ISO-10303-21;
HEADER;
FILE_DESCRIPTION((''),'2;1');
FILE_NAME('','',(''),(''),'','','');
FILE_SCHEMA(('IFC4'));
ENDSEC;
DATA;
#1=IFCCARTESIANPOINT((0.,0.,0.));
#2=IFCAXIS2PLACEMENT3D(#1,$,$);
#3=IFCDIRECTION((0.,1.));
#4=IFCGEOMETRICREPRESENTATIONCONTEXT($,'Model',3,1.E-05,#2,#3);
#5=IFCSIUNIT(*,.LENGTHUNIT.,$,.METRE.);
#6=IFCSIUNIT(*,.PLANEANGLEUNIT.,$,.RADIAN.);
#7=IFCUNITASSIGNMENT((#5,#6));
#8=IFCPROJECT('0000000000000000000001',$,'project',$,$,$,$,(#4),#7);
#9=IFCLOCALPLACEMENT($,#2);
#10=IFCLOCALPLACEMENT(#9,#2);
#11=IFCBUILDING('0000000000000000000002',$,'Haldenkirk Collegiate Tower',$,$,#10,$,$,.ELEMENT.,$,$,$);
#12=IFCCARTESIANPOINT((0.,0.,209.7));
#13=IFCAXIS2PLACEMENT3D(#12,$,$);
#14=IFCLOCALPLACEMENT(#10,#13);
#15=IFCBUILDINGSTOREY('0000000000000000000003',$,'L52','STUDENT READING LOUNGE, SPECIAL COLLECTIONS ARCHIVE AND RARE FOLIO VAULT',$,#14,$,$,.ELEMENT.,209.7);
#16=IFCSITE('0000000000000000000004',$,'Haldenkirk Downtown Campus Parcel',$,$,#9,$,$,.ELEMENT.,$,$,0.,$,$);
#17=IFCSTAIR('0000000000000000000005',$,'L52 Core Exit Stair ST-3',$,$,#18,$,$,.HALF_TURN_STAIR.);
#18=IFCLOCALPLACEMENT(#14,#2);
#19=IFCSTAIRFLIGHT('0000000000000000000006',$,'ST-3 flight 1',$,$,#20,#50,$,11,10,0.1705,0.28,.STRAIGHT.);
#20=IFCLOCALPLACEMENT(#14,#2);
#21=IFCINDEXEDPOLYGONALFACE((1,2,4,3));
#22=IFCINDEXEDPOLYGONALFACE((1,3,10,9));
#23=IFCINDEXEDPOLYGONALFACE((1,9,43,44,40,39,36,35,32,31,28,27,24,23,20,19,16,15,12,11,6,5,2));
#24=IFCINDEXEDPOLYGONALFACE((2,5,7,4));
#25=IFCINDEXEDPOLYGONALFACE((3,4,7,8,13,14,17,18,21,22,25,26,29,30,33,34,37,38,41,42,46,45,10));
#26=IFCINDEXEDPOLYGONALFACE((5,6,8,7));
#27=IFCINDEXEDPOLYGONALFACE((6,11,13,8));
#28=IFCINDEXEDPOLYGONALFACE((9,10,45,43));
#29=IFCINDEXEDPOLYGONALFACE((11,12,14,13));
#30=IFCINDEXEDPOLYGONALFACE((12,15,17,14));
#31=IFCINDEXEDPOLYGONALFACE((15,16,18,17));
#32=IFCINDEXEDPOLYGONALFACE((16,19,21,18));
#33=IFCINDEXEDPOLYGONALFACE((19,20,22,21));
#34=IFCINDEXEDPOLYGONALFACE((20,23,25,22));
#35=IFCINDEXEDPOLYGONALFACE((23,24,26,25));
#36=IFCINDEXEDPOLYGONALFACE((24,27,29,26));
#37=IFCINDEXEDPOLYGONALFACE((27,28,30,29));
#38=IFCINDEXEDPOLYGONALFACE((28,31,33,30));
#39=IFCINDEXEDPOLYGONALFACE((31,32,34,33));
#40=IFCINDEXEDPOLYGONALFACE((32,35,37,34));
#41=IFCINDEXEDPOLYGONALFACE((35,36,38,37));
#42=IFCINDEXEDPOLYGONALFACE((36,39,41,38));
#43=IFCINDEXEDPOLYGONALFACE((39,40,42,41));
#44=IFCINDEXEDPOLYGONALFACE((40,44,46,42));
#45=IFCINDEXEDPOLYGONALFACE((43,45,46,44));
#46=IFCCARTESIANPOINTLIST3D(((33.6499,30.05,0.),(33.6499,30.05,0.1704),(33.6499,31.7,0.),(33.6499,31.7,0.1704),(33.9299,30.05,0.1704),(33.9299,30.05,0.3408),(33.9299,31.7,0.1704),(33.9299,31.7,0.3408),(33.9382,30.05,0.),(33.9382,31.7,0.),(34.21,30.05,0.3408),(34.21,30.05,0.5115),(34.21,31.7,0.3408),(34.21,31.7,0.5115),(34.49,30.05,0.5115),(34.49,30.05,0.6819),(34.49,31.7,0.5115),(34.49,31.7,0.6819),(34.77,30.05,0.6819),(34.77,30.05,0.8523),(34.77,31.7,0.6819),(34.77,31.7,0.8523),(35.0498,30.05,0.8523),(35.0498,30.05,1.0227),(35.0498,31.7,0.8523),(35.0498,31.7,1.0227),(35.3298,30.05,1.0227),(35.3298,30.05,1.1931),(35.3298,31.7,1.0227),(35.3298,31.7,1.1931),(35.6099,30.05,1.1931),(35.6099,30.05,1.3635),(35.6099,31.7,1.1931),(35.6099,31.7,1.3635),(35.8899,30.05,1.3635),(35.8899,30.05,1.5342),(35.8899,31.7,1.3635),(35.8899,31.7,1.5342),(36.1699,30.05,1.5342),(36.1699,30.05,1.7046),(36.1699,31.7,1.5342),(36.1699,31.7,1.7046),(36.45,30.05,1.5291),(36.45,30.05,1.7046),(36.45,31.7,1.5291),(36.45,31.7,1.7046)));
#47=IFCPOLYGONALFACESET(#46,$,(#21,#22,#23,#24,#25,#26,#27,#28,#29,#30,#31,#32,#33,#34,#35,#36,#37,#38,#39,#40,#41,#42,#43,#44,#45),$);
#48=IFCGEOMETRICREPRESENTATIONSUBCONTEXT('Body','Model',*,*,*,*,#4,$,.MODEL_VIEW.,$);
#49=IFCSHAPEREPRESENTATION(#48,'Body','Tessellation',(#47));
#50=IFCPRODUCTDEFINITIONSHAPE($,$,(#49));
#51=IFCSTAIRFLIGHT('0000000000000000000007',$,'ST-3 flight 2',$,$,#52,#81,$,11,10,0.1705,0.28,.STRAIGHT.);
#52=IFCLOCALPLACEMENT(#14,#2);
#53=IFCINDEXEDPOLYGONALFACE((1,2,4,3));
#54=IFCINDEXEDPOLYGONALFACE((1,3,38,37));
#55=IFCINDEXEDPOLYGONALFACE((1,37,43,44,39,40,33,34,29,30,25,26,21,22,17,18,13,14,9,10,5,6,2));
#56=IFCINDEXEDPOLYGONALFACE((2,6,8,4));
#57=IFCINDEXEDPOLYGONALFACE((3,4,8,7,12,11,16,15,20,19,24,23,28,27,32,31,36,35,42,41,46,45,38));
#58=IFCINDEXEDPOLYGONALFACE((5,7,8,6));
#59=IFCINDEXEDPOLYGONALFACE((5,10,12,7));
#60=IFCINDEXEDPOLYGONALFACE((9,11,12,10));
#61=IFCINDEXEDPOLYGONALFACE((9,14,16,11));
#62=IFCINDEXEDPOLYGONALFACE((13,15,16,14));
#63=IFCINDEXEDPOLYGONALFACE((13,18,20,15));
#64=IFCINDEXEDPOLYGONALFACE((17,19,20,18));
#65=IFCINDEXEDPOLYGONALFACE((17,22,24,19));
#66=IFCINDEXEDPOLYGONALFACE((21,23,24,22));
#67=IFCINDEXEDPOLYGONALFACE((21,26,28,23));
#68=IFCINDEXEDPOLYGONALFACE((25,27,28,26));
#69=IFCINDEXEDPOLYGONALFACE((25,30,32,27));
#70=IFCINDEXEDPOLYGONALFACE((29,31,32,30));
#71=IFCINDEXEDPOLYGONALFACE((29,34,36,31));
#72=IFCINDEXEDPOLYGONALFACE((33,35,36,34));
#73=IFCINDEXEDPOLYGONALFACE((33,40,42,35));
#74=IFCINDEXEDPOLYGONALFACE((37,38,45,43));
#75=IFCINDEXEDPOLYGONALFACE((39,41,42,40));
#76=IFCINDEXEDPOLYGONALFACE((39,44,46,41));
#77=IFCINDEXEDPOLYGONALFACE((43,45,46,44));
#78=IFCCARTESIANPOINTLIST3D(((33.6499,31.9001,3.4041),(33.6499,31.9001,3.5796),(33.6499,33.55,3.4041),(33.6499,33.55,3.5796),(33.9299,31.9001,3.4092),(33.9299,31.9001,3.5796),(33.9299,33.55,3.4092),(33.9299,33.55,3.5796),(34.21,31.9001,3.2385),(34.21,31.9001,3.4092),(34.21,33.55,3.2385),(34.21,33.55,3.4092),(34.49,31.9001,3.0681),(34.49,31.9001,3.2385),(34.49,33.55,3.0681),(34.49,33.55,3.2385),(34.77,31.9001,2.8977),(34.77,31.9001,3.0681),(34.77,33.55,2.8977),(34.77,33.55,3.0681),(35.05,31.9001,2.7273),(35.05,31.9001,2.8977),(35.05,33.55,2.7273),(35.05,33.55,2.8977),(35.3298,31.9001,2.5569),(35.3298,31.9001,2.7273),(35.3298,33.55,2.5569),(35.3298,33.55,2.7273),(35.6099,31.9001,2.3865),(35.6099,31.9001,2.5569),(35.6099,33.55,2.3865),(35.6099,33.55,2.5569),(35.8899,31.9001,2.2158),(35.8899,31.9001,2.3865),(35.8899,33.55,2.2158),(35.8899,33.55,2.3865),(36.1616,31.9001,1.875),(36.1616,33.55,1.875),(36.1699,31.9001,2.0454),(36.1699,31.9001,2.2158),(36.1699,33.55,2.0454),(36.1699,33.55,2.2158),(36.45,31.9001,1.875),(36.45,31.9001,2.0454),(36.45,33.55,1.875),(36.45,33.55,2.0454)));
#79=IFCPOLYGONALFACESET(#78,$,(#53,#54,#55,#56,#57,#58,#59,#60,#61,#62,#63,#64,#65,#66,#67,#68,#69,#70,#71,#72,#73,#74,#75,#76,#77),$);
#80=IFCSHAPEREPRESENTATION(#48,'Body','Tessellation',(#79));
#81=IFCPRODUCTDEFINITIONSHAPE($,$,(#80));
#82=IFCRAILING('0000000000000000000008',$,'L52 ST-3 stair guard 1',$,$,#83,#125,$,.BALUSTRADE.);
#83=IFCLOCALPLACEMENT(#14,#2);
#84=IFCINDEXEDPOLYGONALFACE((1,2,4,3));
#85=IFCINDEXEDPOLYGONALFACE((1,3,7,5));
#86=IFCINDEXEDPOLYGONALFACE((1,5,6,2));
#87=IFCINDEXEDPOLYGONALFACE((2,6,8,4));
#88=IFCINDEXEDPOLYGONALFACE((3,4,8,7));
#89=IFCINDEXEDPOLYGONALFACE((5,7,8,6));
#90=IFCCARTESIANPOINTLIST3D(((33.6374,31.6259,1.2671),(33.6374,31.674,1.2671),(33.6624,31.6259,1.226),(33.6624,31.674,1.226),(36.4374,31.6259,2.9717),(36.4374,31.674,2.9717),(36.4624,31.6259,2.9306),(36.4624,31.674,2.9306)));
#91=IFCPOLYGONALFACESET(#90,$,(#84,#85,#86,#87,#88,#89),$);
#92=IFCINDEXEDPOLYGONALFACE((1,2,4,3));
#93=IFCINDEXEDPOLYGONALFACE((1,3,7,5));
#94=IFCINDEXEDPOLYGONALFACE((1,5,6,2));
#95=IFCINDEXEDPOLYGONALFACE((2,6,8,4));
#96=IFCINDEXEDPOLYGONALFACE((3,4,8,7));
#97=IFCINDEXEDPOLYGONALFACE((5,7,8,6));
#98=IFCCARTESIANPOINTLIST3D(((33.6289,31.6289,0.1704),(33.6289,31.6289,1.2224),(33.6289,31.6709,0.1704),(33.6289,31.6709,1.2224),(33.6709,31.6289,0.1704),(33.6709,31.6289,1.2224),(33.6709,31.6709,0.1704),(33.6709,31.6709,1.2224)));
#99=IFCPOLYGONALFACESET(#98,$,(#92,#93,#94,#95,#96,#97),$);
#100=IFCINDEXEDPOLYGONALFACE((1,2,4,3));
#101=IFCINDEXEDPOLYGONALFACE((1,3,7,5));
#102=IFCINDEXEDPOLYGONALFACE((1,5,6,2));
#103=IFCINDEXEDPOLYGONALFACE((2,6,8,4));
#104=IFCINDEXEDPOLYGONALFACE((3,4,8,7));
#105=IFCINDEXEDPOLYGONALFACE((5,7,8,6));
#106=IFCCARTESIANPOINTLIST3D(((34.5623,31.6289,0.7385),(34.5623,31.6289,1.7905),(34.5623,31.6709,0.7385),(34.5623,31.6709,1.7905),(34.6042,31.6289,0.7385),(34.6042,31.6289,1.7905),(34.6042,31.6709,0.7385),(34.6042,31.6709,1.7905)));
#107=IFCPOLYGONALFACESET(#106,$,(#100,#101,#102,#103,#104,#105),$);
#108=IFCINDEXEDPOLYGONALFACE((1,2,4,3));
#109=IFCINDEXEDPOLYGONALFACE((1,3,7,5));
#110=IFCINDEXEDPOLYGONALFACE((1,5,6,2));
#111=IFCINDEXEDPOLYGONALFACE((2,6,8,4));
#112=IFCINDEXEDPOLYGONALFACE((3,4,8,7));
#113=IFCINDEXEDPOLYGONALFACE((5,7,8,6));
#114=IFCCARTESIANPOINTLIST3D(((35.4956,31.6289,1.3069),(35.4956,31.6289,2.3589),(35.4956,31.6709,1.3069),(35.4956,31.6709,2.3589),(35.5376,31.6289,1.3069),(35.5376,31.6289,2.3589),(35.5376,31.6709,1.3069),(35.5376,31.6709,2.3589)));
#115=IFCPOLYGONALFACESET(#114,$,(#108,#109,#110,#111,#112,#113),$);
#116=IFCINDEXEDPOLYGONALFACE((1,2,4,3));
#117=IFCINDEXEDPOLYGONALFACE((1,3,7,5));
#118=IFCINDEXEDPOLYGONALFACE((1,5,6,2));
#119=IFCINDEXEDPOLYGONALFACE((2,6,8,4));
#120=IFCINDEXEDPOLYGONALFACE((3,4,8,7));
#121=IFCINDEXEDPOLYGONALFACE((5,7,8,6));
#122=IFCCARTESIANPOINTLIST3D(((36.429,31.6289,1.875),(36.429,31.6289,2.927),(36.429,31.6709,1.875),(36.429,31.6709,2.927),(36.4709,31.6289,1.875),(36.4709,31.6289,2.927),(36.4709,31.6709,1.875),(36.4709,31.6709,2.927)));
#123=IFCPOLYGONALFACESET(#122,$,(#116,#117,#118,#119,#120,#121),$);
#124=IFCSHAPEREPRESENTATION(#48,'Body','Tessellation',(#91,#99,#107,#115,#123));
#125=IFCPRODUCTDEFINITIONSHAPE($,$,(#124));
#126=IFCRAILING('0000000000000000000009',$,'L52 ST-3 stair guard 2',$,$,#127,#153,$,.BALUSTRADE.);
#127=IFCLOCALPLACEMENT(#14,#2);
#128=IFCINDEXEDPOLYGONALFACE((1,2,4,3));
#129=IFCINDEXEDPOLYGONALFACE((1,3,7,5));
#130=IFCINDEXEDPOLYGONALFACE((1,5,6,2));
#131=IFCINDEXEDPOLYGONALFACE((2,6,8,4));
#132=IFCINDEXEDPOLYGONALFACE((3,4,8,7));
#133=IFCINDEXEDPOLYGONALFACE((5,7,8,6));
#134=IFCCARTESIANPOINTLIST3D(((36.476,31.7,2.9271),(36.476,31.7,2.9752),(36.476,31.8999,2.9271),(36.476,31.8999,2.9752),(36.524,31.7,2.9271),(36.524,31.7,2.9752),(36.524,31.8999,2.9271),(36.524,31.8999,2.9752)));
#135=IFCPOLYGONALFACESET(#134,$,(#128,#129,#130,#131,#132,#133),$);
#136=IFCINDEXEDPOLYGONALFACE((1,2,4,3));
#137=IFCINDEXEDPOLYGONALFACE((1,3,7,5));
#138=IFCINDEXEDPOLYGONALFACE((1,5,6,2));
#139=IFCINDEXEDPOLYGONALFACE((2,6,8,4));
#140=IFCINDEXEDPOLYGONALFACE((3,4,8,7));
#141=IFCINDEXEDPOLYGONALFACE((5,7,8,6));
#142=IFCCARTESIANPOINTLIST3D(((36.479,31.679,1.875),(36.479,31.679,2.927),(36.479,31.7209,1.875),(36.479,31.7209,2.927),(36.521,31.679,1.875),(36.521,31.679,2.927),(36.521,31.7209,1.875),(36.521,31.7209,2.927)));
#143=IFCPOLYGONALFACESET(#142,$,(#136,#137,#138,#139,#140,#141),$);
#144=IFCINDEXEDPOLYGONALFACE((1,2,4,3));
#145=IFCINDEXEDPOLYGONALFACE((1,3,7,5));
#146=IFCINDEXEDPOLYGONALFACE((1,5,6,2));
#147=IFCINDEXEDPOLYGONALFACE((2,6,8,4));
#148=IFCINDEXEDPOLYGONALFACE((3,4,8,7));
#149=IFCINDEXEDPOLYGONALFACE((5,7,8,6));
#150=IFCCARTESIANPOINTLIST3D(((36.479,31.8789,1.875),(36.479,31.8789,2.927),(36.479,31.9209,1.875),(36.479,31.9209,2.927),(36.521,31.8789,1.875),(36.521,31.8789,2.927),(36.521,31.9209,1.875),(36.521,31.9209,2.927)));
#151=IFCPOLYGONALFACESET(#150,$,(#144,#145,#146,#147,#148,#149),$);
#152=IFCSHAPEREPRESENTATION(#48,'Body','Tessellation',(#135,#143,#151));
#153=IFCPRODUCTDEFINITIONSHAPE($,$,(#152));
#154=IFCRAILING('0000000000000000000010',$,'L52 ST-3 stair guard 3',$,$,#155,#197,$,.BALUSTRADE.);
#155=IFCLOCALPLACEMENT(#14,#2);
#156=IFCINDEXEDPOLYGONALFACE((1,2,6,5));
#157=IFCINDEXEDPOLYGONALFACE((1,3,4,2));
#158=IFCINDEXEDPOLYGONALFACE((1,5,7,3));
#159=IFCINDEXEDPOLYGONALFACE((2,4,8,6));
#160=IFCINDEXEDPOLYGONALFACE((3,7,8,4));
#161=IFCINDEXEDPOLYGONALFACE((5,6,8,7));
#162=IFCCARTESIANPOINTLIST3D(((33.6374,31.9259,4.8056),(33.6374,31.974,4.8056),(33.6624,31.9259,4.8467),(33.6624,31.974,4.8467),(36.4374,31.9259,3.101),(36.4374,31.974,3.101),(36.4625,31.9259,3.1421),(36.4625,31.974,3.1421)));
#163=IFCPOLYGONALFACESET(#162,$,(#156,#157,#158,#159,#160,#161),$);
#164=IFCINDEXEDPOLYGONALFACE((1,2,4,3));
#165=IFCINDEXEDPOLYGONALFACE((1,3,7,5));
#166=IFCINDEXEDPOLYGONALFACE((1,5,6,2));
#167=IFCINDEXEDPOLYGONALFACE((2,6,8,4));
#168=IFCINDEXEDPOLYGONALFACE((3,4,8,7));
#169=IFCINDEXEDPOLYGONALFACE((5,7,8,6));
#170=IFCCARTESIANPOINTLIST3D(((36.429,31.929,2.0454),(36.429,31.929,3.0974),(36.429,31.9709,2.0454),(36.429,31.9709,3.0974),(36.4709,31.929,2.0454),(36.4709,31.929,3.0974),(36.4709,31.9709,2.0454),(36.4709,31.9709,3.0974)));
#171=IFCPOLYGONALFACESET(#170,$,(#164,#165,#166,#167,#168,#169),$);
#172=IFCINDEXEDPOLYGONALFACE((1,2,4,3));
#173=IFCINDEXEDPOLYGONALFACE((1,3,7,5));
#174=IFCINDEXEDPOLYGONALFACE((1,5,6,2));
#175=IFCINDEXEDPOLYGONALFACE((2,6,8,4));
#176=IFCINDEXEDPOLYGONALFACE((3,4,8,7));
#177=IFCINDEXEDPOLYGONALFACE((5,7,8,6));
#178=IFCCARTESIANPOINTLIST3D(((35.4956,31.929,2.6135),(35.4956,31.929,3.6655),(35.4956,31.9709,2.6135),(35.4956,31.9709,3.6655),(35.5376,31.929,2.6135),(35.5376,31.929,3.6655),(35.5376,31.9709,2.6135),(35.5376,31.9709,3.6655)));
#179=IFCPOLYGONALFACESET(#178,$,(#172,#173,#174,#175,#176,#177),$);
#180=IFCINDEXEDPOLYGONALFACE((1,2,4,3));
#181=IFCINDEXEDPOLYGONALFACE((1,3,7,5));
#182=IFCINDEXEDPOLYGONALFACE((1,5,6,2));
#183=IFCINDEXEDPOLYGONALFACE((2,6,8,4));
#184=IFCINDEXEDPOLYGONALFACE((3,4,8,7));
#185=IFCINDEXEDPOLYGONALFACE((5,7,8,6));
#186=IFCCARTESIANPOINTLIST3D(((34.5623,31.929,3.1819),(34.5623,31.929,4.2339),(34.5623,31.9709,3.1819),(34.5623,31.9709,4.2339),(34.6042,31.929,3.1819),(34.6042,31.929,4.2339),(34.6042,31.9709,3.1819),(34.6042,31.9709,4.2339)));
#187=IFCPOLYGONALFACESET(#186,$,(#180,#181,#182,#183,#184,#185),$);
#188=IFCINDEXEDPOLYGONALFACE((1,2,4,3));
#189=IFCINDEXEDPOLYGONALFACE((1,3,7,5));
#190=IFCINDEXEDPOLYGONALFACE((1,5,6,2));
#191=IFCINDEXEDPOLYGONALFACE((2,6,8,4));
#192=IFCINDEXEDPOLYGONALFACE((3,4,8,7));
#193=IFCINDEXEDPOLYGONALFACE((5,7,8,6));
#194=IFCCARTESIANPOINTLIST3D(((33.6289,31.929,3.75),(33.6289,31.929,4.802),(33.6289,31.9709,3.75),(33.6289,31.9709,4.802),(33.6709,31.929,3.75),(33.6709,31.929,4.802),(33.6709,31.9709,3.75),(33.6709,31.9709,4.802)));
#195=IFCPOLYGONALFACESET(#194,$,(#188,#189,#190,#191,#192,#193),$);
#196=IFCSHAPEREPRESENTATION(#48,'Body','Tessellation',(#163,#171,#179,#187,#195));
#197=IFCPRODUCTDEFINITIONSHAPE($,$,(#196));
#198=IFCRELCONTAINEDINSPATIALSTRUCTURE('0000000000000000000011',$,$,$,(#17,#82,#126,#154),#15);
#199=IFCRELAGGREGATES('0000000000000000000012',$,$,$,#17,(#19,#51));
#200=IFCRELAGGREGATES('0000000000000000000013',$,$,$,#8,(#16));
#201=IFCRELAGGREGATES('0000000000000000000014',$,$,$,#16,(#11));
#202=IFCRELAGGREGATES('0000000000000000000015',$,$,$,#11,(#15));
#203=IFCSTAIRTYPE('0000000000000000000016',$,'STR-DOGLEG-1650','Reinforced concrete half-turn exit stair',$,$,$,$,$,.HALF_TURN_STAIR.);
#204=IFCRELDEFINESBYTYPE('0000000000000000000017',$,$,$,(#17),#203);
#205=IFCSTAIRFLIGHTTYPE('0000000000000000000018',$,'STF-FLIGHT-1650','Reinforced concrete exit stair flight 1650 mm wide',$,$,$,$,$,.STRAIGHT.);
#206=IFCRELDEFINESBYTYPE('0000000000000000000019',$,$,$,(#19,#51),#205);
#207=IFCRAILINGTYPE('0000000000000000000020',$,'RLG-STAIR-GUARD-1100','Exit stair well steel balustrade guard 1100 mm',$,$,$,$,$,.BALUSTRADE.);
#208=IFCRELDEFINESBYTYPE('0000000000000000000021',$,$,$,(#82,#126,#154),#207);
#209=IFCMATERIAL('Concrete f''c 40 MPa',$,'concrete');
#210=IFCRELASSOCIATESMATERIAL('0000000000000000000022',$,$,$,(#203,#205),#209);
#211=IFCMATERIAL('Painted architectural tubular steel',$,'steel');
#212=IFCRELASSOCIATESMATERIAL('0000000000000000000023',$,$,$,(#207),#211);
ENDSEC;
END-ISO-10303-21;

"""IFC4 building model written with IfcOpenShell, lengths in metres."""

from ifc_helpers import new_model, si_unit, direction, frame, origin, origin_2d, place, context, subcontext, project, spatial, polyline, rectangle, outline, extrude, material, type_object, element, aggregate, save


model = new_model("IFC4")

# Units and contexts
model_context = context("Model", 3, precision=1e-05, world=origin(), true_north=direction((0.0, 1.0)))
body_context = subcontext(model_context, "Body", "Model", "MODEL_VIEW")
ifc_project = project(units=[si_unit("LENGTHUNIT", "METRE"), si_unit("PLANEANGLEUNIT", "RADIAN")], contexts=[model_context])

# Site, building, storey
site_placement = place(None, origin())
site = spatial("IfcSite", under=ifc_project, at=site_placement, Name="Haldenkirk Downtown Campus Parcel", CompositionType="ELEMENT", RefElevation=0.0)
building_placement = place(site_placement, origin())
building = spatial("IfcBuilding", under=site, at=building_placement, Name="Haldenkirk Collegiate Tower", CompositionType="ELEMENT")
storey_placement = place(building_placement, frame((0.0, 0.0, 209.7)))
storey = spatial("IfcBuildingStorey", under=building, at=storey_placement, Name="L52", Description="STUDENT READING LOUNGE, SPECIAL COLLECTIONS ARCHIVE AND RARE FOLIO VAULT", CompositionType="ELEMENT", Elevation=209.7)

# Stair, stair flights
ifc_material_1 = material(Name="Concrete f'c 40 MPa", Category="concrete")
stair_type = type_object("IfcStairType", Name="STR-DOGLEG-1650", Description="Reinforced concrete half-turn exit stair", PredefinedType="HALF_TURN_STAIR", material=ifc_material_1)
stair_placement = place(storey_placement, origin())
stair = element("IfcStair", 1, at=stair_placement, inside=storey, type_object=stair_type, Name="L52 Core Exit Stair ST-3", PredefinedType="HALF_TURN_STAIR")
stair_flight_type = type_object("IfcStairFlightType", Name="STF-FLIGHT-1650", Description="Reinforced concrete exit stair flight 1650 mm wide", PredefinedType="STRAIGHT", material=ifc_material_1)
stair_flight_1_placement = place(storey_placement, frame((33.6499, 30.875, 0.0), z_axis=(0.0, 0.0, 1.0), x_axis=(1.0, 0.0, 0.0)))
stair_flight_1 = element("IfcStairFlight", 2, at=stair_flight_1_placement, type_object=stair_flight_type, Name="ST-3 flight 1", NumberOfRisers=11, NumberOfTreads=10, PredefinedType="STRAIGHT", RiserHeight=0.1705, TreadLength=0.28, context=body_context, shape_type="SweptSolid", body=[
    extrude(outline(polyline([(0.0, 0.0), (0.0, 0.1704), (0.28, 0.1704), (0.28, 0.3408), (0.5601, 0.3408), (0.5601, 0.5115), (0.8401, 0.5115), (0.8401, 0.6819), (1.1201, 0.6819), (1.1201, 0.8523), (1.3999, 0.8523), (1.3999, 1.0227), (1.6799, 1.0227), (1.6799, 1.1931), (1.96, 1.1931), (1.96, 1.3635), (2.24, 1.3635), (2.24, 1.5342), (2.52, 1.5342), (2.52, 1.7046), (2.8, 1.7046), (2.8, 1.875), (2.8, 1.5291), (0.2883, 0.0), (0.0, 0.0)])), frame((0.0, 0.825, 0.0), z_axis=(0.0, -1.0, 0.0), x_axis=(1.0, 0.0, 0.0)), (0.0, 0.0, 1.0), 1.6499),
])
stair_flight_2_placement = place(storey_placement, frame((36.45, 32.7251, 1.875), z_axis=(0.0, 0.0, 1.0), x_axis=(-1.0, 0.0, 0.0)))
stair_flight_2 = element("IfcStairFlight", 3, at=stair_flight_2_placement, type_object=stair_flight_type, Name="ST-3 flight 2", NumberOfRisers=11, NumberOfTreads=10, PredefinedType="STRAIGHT", RiserHeight=0.1705, TreadLength=0.28, context=body_context, shape_type="SweptSolid", body=[
    extrude(outline(polyline([(0.0, 0.0), (0.0, 0.1704), (0.28, 0.1704), (0.28, 0.3408), (0.5601, 0.3408), (0.5601, 0.5115), (0.8401, 0.5115), (0.8401, 0.6819), (1.1201, 0.6819), (1.1201, 0.8523), (1.3999, 0.8523), (1.3999, 1.0227), (1.6799, 1.0227), (1.6799, 1.1931), (1.96, 1.1931), (1.96, 1.3635), (2.24, 1.3635), (2.24, 1.5342), (2.52, 1.5342), (2.52, 1.7046), (2.8, 1.7046), (2.8, 1.875), (2.8, 1.5291), (0.2883, 0.0), (0.0, 0.0)])), frame((0.0, 0.825, 0.0), z_axis=(0.0, -1.0, 0.0), x_axis=(1.0, 0.0, 0.0)), (0.0, 0.0, 1.0), 1.6499),
])
aggregate(stair, [stair_flight_1, stair_flight_2])

# Railings
ifc_material_2 = material(Name="Painted architectural tubular steel", Category="steel")
railing_type_1 = type_object("IfcRailingType", Name="RLG-STAIR-GUARD-1100", Description="Exit stair well steel balustrade guard 1100 mm", PredefinedType="BALUSTRADE", material=ifc_material_2)
railing_1_placement = place(storey_placement, frame((33.6499, 31.6499, 0.1704)))
element("IfcRailing", 4, at=railing_1_placement, inside=storey, type_object=railing_type_1, Name="L52 ST-3 stair guard 1", PredefinedType="BALUSTRADE", context=body_context, shape_type="SweptSolid", body=[
    extrude(rectangle(XDim=0.0481, YDim=0.0481, at=origin_2d()), frame((0.0, 0.0, 1.0762), z_axis=(0.85417, 0.0, 0.519994), x_axis=(0.0, 1.0, 0.0)), (0.0, 0.0, 1.0), 3.2781),
    extrude(rectangle(XDim=0.042, YDim=0.042, at=origin_2d()), origin(), (0.0, 0.0, 1.0), 1.052),
    extrude(rectangle(XDim=0.042, YDim=0.042, at=origin_2d()), frame((0.9333, 0.0, 0.5681)), (0.0, 0.0, 1.0), 1.052),
    extrude(rectangle(XDim=0.042, YDim=0.042, at=origin_2d()), frame((1.8667, 0.0, 1.1365)), (0.0, 0.0, 1.0), 1.052),
    extrude(rectangle(XDim=0.042, YDim=0.042, at=origin_2d()), frame((2.8, 0.0, 1.7046)), (0.0, 0.0, 1.0), 1.052),
])
railing_2_placement = place(storey_placement, frame((36.5, 31.7, 1.875)))
element("IfcRailing", 5, at=railing_2_placement, inside=storey, type_object=railing_type_1, Name="L52 ST-3 stair guard 2", PredefinedType="BALUSTRADE", context=body_context, shape_type="SweptSolid", body=[
    extrude(rectangle(XDim=0.0481, YDim=0.0481, at=origin_2d()), frame((0.0, 0.0, 1.0762), z_axis=(0.0, 1.0, 0.0), x_axis=(-1.0, 0.0, 0.0)), (0.0, 0.0, 1.0), 0.2),
    extrude(rectangle(XDim=0.042, YDim=0.042, at=origin_2d()), origin(), (0.0, 0.0, 1.0), 1.052),
    extrude(rectangle(XDim=0.042, YDim=0.042, at=origin_2d()), frame((0.0, 0.2, 0.0)), (0.0, 0.0, 1.0), 1.052),
])
railing_3_placement = place(storey_placement, frame((36.45, 31.95, 2.0454)))
element("IfcRailing", 6, at=railing_3_placement, inside=storey, type_object=railing_type_1, Name="L52 ST-3 stair guard 3", PredefinedType="BALUSTRADE", context=body_context, shape_type="SweptSolid", body=[
    extrude(rectangle(XDim=0.0481, YDim=0.0481, at=origin_2d()), frame((0.0, 0.0, 1.0762), z_axis=(-0.85417, 0.0, 0.519994), x_axis=(0.0, -1.0, 0.0)), (0.0, 0.0, 1.0), 3.2781),
    extrude(rectangle(XDim=0.042, YDim=0.042, at=origin_2d()), origin(), (0.0, 0.0, 1.0), 1.052),
    extrude(rectangle(XDim=0.042, YDim=0.042, at=origin_2d()), frame((-0.9333, 0.0, 0.5681)), (0.0, 0.0, 1.0), 1.052),
    extrude(rectangle(XDim=0.042, YDim=0.042, at=origin_2d()), frame((-1.8667, 0.0, 1.1365)), (0.0, 0.0, 1.0), 1.052),
    extrude(rectangle(XDim=0.042, YDim=0.042, at=origin_2d()), frame((-2.8, 0.0, 1.7046)), (0.0, 0.0, 1.0), 1.052),
])

save(model, "model.ifc")
